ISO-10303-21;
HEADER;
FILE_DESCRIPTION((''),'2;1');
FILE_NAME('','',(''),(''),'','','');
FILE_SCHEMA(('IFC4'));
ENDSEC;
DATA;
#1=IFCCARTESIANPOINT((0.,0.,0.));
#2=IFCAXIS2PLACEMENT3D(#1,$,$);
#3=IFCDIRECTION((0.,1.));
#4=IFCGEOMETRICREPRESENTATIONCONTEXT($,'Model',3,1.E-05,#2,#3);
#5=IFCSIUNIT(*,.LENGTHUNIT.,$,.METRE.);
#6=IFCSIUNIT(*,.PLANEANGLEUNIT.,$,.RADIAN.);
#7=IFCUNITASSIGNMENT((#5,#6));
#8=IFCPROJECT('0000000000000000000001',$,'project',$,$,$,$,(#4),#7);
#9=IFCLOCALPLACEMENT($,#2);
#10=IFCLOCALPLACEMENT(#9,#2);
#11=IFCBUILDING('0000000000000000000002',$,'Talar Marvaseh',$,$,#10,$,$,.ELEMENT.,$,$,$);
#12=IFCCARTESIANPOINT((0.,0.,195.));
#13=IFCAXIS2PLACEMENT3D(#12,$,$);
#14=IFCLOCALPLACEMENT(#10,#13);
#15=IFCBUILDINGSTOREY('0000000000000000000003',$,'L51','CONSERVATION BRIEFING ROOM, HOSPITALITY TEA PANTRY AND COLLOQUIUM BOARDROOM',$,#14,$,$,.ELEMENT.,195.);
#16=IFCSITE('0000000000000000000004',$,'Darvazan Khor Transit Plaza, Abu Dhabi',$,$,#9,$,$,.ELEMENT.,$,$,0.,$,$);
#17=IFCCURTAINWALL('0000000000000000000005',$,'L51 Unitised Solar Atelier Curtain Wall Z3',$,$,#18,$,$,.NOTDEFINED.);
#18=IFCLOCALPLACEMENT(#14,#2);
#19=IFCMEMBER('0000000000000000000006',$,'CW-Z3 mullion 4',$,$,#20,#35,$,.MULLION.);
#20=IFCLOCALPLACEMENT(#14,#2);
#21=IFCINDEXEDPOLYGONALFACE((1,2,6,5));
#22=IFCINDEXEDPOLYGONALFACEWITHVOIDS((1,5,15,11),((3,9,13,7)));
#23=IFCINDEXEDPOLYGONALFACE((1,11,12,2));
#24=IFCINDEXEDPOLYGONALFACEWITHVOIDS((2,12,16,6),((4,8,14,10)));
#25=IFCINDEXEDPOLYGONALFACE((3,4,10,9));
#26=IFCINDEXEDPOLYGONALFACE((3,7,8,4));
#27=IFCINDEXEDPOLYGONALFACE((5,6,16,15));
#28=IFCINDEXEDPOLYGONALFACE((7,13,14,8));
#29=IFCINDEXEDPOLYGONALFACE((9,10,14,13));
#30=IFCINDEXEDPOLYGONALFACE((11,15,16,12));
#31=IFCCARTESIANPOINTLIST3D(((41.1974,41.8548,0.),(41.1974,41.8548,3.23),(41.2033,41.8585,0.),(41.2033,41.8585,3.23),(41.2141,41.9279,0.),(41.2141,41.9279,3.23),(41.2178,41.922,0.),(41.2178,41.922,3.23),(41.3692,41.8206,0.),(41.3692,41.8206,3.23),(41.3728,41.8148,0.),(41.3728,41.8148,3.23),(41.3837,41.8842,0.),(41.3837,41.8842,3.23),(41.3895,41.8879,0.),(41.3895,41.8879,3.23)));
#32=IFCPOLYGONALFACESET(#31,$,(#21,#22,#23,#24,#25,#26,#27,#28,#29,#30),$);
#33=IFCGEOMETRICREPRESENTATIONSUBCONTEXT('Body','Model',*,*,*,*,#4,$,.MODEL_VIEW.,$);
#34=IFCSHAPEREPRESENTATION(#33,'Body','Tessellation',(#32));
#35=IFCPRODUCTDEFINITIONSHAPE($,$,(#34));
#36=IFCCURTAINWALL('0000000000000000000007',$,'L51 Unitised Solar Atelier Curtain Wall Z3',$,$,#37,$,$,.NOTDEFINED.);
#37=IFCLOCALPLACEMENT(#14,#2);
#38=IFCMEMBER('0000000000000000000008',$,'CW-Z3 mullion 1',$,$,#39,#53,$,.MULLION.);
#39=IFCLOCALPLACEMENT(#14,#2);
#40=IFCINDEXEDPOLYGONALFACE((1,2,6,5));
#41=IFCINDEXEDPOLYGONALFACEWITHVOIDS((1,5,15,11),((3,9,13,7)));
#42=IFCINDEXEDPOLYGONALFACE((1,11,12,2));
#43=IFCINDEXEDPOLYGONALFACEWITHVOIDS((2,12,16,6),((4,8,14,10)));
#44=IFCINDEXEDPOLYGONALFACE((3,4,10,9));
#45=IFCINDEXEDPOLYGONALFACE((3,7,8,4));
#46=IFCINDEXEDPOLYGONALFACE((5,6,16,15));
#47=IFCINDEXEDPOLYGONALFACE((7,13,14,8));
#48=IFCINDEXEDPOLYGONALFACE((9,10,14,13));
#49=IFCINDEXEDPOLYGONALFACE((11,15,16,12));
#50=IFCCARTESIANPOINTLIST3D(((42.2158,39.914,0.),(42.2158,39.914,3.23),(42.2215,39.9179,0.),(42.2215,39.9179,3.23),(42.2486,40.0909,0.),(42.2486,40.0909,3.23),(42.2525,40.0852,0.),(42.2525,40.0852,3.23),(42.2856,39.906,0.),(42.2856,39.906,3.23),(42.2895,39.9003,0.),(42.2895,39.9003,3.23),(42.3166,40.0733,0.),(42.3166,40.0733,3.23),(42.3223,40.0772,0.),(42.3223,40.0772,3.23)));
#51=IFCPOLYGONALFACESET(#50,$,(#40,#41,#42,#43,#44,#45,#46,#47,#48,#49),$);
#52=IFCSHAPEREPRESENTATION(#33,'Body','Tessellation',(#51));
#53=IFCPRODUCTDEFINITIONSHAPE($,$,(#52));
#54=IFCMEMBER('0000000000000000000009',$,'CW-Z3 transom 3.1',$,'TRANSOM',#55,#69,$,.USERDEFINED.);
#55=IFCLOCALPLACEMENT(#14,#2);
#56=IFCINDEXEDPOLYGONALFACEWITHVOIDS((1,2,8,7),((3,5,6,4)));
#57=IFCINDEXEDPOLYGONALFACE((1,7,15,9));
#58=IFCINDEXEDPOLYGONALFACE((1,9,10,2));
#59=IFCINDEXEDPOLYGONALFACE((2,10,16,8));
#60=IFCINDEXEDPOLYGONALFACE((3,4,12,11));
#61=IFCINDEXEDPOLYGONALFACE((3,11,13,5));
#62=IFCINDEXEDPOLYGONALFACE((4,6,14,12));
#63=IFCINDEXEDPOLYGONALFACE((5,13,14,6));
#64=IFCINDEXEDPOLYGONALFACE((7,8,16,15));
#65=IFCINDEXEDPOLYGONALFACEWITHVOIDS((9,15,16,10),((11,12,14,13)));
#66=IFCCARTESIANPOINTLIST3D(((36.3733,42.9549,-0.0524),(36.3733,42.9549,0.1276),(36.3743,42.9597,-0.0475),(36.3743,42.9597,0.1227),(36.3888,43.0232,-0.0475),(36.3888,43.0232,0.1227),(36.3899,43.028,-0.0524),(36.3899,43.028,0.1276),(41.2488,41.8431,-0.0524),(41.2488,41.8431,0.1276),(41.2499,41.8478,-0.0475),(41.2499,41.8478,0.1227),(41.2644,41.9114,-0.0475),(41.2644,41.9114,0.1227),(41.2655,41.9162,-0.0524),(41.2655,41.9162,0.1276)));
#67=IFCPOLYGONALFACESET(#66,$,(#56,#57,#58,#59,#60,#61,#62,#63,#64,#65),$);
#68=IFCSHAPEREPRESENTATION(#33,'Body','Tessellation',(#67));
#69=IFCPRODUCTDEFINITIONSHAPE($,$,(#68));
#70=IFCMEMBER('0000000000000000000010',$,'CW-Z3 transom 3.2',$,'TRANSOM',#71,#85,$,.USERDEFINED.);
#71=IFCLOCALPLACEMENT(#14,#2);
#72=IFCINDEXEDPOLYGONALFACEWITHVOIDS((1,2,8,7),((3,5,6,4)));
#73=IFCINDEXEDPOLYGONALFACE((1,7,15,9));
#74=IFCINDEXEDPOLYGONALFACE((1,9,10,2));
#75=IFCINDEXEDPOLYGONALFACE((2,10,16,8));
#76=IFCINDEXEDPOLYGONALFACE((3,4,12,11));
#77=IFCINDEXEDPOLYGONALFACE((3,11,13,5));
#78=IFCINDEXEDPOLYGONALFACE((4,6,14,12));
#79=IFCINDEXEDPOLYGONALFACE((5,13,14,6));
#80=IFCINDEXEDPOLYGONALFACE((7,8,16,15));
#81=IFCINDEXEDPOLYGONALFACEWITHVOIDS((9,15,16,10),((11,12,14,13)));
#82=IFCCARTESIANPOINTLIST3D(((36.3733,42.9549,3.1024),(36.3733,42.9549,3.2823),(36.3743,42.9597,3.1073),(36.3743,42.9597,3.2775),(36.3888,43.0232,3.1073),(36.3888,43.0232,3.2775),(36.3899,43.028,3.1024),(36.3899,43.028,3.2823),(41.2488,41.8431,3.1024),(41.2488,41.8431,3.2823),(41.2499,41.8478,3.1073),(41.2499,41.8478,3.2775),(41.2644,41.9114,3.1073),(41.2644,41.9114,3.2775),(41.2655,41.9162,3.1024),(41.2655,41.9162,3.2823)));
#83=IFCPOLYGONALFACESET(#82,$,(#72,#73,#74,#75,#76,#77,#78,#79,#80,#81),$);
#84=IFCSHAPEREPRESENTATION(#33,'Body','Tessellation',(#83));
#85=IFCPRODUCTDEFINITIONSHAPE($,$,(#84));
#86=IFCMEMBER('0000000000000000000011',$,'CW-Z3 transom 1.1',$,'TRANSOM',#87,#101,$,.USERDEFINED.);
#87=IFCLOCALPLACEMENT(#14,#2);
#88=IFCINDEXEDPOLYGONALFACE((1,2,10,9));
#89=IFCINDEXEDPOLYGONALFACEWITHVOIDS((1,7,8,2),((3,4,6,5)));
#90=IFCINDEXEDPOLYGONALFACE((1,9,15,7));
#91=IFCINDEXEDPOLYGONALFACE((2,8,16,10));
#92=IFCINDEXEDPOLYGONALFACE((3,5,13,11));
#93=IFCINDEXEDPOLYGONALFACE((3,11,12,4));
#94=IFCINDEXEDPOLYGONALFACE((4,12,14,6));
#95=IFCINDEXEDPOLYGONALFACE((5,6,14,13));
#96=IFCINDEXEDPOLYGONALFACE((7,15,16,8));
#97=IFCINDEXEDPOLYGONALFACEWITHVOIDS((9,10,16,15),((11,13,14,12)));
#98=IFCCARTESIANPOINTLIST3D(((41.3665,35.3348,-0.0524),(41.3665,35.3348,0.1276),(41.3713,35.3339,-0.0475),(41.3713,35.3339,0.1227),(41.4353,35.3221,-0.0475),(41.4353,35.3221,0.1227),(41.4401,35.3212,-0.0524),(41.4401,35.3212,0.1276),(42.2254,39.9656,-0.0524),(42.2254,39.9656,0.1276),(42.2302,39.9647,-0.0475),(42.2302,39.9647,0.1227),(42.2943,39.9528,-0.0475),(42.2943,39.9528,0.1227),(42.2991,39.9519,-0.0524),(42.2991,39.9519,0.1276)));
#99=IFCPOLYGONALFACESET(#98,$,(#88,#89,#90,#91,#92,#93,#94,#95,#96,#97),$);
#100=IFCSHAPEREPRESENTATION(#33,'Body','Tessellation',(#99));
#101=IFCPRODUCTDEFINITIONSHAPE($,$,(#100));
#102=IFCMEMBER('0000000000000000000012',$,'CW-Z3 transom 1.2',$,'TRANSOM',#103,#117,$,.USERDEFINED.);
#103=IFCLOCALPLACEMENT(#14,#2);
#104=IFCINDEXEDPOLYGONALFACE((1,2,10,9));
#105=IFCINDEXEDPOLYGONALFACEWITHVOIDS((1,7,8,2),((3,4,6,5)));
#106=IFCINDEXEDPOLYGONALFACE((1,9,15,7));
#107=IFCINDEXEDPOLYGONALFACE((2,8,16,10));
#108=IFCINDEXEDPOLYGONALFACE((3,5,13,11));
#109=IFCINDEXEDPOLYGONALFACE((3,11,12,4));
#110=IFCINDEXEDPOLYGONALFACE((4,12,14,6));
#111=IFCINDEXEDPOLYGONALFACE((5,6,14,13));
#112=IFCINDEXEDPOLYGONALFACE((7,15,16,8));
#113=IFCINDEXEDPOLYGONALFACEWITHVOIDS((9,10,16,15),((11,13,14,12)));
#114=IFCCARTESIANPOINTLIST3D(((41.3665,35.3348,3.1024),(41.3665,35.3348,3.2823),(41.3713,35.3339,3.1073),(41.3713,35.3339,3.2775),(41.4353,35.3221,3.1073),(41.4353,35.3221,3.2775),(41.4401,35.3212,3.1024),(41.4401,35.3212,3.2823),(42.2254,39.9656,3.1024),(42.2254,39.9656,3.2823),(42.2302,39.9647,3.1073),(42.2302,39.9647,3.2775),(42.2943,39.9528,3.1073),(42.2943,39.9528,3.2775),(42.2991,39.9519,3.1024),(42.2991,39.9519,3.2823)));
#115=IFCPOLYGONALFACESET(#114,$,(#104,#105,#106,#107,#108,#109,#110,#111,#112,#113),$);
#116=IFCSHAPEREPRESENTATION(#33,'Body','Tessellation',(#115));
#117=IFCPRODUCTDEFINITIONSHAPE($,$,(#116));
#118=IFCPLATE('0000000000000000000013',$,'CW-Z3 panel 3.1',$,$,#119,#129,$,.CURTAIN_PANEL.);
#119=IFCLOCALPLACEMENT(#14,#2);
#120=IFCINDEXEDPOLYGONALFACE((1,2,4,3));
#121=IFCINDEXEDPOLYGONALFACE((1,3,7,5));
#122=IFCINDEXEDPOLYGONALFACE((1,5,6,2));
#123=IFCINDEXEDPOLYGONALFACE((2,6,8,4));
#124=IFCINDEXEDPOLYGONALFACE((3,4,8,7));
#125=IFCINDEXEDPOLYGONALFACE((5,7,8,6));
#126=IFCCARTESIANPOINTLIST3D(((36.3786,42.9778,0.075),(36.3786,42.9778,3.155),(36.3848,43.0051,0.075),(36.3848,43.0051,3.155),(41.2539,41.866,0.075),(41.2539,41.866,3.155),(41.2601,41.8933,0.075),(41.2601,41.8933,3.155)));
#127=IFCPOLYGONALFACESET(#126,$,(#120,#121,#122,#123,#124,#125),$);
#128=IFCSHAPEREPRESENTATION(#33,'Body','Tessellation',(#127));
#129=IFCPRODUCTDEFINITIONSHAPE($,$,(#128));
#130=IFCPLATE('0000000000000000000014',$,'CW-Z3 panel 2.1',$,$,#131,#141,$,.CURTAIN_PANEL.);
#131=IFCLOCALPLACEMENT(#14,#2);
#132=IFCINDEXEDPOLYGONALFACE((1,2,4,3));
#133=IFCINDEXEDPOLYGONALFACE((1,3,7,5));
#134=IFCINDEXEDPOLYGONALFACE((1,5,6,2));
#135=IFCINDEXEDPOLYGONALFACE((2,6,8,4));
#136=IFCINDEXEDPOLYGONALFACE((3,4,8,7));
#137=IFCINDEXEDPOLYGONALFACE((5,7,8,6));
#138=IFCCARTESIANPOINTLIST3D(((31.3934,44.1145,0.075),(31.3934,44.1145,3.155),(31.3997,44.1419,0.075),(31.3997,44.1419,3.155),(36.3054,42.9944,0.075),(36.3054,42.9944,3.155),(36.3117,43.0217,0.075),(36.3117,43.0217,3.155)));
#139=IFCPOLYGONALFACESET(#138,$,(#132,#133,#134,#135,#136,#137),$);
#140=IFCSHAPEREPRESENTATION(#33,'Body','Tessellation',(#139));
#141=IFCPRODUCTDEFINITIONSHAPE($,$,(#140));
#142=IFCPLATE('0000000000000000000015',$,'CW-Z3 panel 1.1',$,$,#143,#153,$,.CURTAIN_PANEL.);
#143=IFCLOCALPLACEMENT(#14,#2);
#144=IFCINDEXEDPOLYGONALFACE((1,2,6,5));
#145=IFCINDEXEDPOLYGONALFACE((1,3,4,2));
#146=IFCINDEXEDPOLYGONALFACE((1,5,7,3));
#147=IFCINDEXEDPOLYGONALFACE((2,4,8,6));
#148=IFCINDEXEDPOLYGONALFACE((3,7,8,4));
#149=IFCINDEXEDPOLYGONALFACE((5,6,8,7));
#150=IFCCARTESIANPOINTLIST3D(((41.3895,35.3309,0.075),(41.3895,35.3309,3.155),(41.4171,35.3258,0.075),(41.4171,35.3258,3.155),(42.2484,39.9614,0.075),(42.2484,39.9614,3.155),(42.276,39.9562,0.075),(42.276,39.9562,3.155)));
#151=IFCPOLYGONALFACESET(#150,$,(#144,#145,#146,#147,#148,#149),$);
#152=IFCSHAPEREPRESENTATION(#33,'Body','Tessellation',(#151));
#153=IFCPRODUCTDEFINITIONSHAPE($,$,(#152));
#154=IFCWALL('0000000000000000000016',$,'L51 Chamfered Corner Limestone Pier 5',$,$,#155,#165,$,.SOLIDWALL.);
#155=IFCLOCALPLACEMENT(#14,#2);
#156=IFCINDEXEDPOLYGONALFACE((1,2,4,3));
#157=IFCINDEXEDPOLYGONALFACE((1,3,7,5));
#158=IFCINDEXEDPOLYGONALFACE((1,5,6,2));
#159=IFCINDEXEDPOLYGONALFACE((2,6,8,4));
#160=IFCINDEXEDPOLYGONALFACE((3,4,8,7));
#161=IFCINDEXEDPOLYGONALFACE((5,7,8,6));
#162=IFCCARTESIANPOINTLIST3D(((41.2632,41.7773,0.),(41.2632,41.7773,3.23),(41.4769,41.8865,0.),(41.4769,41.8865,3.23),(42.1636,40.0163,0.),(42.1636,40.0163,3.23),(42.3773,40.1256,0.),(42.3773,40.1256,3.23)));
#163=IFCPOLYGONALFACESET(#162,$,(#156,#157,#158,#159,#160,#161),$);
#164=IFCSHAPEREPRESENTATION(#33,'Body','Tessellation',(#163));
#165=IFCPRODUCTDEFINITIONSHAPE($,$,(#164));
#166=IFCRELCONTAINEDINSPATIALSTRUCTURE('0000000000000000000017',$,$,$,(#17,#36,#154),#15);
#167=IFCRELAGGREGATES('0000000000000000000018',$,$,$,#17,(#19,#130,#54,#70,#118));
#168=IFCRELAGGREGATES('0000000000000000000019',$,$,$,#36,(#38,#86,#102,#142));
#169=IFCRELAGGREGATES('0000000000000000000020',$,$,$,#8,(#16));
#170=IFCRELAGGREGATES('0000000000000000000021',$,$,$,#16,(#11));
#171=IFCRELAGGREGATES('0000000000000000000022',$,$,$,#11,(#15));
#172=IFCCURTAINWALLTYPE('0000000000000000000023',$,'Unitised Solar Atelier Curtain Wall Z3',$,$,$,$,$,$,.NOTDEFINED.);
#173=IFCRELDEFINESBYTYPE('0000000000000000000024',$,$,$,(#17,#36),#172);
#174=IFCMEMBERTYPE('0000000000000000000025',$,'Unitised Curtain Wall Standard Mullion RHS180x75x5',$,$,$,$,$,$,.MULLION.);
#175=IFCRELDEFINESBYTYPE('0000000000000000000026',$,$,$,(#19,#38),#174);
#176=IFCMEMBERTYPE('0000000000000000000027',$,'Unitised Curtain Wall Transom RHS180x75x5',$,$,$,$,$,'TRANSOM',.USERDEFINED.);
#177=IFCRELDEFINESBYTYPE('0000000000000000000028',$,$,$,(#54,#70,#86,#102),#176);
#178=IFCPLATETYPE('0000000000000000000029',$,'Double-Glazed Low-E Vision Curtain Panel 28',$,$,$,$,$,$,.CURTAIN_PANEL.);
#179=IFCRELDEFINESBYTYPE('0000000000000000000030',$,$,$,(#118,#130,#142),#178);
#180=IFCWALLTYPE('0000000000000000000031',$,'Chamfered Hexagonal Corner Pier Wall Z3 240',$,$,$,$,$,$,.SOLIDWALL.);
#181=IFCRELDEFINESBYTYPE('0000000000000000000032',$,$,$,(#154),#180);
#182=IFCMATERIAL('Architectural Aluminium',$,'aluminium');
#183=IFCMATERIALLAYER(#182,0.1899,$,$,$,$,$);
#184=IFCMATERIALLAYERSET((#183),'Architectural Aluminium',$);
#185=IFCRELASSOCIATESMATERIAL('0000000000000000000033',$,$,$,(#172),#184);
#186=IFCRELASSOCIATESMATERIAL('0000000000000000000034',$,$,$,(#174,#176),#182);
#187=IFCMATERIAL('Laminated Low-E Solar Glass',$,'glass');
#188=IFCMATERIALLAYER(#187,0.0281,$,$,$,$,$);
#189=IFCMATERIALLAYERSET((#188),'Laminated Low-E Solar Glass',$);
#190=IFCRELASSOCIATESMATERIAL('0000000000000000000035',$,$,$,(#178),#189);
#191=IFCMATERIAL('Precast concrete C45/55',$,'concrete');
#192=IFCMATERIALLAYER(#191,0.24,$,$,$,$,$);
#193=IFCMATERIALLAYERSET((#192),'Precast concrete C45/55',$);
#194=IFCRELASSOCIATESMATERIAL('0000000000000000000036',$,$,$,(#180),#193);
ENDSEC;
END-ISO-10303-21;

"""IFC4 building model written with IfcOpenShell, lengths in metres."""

from ifc_helpers import new_model, si_unit, direction, frame, frame_2d, origin, origin_2d, place, context, subcontext, project, spatial, rectangle, hollow_rectangle, extrude, source, transform, mapped, material, layer, layer_set, material_profile, profile_set, type_object, type_shapes, element, aggregate, save


model = new_model("IFC4")

# Units and contexts
model_context = context("Model", 3, precision=1e-05, world=origin(), true_north=direction((0.0, 1.0)))
body_context = subcontext(model_context, "Body", "Model", "MODEL_VIEW")
ifc_project = project(units=[si_unit("LENGTHUNIT", "METRE"), si_unit("PLANEANGLEUNIT", "RADIAN")], contexts=[model_context])

# Site, building, storey
site_placement = place(None, origin())
site = spatial("IfcSite", under=ifc_project, at=site_placement, Name="Darvazan Khor Transit Plaza, Abu Dhabi", CompositionType="ELEMENT", RefElevation=0.0)
building_placement = place(site_placement, origin())
building = spatial("IfcBuilding", under=site, at=building_placement, Name="Talar Marvaseh", CompositionType="ELEMENT")
storey_placement = place(building_placement, frame((0.0, 0.0, 195.0)))
storey = spatial("IfcBuildingStorey", under=building, at=storey_placement, Name="L51", Description="CONSERVATION BRIEFING ROOM, HOSPITALITY TEA PANTRY AND COLLOQUIUM BOARDROOM", CompositionType="ELEMENT", Elevation=195.0)

# Curtain wall, member
ifc_material_1 = material(Name="Architectural Aluminium", Category="aluminium")
ifc_layer_1 = layer(ifc_material_1, 0.1899)
ifc_layer_set_1 = layer_set([ifc_layer_1], Name="Architectural Aluminium")
curtain_wall_type = type_object("IfcCurtainWallType", Name="Unitised Solar Atelier Curtain Wall Z3", PredefinedType="NOTDEFINED", material=ifc_layer_set_1)
curtain_wall_1_placement = place(storey_placement, origin())
curtain_wall_1 = element("IfcCurtainWall", 1, at=curtain_wall_1_placement, inside=storey, type_object=curtain_wall_type, Name="L51 Unitised Solar Atelier Curtain Wall Z3", PredefinedType="NOTDEFINED")
ifc_material_profile_1 = material_profile(ifc_material_1, hollow_rectangle(XDim=0.075, YDim=0.1799, WallThickness=0.0049, at=origin_2d()), Name="RHS180x75x5")
ifc_profile_set_1 = profile_set([ifc_material_profile_1], Name="Architectural Aluminium")
member_type_1 = type_object("IfcMemberType", Name="Unitised Curtain Wall Standard Mullion RHS180x75x5", PredefinedType="MULLION", material=ifc_profile_set_1)
shared_shape_1 = source(origin(), body_context, "Body", "SweptSolid", [
    extrude(hollow_rectangle(XDim=0.075, YDim=0.1799, WallThickness=0.0049, at=origin_2d()), origin(), (0.0, 0.0, 1.0), 3.23),
])
type_shapes(member_type_1, [shared_shape_1])
member_1_placement = place(storey_placement, frame((41.2935, 41.8713, 0.0), z_axis=(0.0, 0.0, 1.0), x_axis=(0.222335, 0.97497, 0.0)))
member_1 = element("IfcMember", 2, at=member_1_placement, type_object=member_type_1, Name="CW-Z3 mullion 4", PredefinedType="MULLION", context=body_context, shape_type="MappedRepresentation", body=[
    mapped(shared_shape_1, transform((0.0, 0.0, 0.0), x_axis=(1.0, 0.0, 0.0), y_axis=(0.0, 1.0, 0.0), z_axis=(0.0, 0.0, 1.0), scale=1.0)),
])

# Curtain wall, member
curtain_wall_2_placement = place(storey_placement, origin())
curtain_wall_2 = element("IfcCurtainWall", 3, at=curtain_wall_2_placement, inside=storey, type_object=curtain_wall_type, Name="L51 Unitised Solar Atelier Curtain Wall Z3", PredefinedType="NOTDEFINED")
member_2_placement = place(storey_placement, frame((42.269, 39.9956, 0.0), z_axis=(0.0, 0.0, 1.0), x_axis=(0.983227, -0.182387, 0.0)))
member_2 = element("IfcMember", 4, at=member_2_placement, type_object=member_type_1, Name="CW-Z3 mullion 1", PredefinedType="MULLION", context=body_context, shape_type="MappedRepresentation", body=[
    mapped(shared_shape_1, transform((0.0, 0.0, 0.0), x_axis=(1.0, 0.0, 0.0), y_axis=(0.0, 1.0, 0.0), z_axis=(0.0, 0.0, 1.0), scale=1.0)),
])

# Members
ifc_material_profile_2 = material_profile(ifc_material_1, hollow_rectangle(XDim=0.075, YDim=0.1799, WallThickness=0.0049, at=origin_2d()), Name="RHS180x75x5")
ifc_profile_set_2 = profile_set([ifc_material_profile_2], Name="Architectural Aluminium")
member_type_2 = type_object("IfcMemberType", Name="Unitised Curtain Wall Transom RHS180x75x5", ElementType="TRANSOM", PredefinedType="USERDEFINED", material=ifc_profile_set_2)
shared_shape_2 = source(origin(), body_context, "Body", "SweptSolid", [
    extrude(hollow_rectangle(XDim=0.075, YDim=0.1799, WallThickness=0.0049, at=origin_2d()), origin(), (0.0, 0.0, 1.0), 5.0007),
])
member_3_placement = place(storey_placement, frame((36.3816, 42.9915, 0.0376), z_axis=(0.97497, -0.222334, 0.0), x_axis=(0.222334, 0.97497, 0.0)))
member_3 = element("IfcMember", 5, at=member_3_placement, type_object=member_type_2, Name="CW-Z3 transom 3.1", ObjectType="TRANSOM", PredefinedType="USERDEFINED", context=body_context, shape_type="MappedRepresentation", body=[
    mapped(shared_shape_2, transform((0.0, 0.0, 0.0), x_axis=(1.0, 0.0, 0.0), y_axis=(0.0, 1.0, 0.0), z_axis=(0.0, 0.0, 1.0), scale=1.0)),
])
member_4_placement = place(storey_placement, frame((36.3816, 42.9915, 3.1924), z_axis=(0.97497, -0.222334, 0.0), x_axis=(0.222334, 0.97497, 0.0)))
member_4 = element("IfcMember", 6, at=member_4_placement, type_object=member_type_2, Name="CW-Z3 transom 3.2", ObjectType="TRANSOM", PredefinedType="USERDEFINED", context=body_context, shape_type="MappedRepresentation", body=[
    mapped(shared_shape_2, transform((0.0, 0.0, 0.0), x_axis=(1.0, 0.0, 0.0), y_axis=(0.0, 1.0, 0.0), z_axis=(0.0, 0.0, 1.0), scale=1.0)),
])
shared_shape_3 = source(origin(), body_context, "Body", "SweptSolid", [
    extrude(hollow_rectangle(XDim=0.075, YDim=0.1799, WallThickness=0.0049, at=origin_2d()), origin(), (0.0, 0.0, 1.0), 4.7097),
])
type_shapes(member_type_2, [shared_shape_2, shared_shape_3])
member_5_placement = place(storey_placement, frame((42.2622, 39.9587, 0.0376), z_axis=(-0.18237, -0.98323, 0.0), x_axis=(0.98323, -0.18237, 0.0)))
member_5 = element("IfcMember", 7, at=member_5_placement, type_object=member_type_2, Name="CW-Z3 transom 1.1", ObjectType="TRANSOM", PredefinedType="USERDEFINED", context=body_context, shape_type="MappedRepresentation", body=[
    mapped(shared_shape_3, transform((0.0, 0.0, 0.0), x_axis=(1.0, 0.0, 0.0), y_axis=(0.0, 1.0, 0.0), z_axis=(0.0, 0.0, 1.0), scale=1.0)),
])
member_6_placement = place(storey_placement, frame((42.2622, 39.9587, 3.1924), z_axis=(-0.18237, -0.98323, 0.0), x_axis=(0.98323, -0.18237, 0.0)))
member_6 = element("IfcMember", 8, at=member_6_placement, type_object=member_type_2, Name="CW-Z3 transom 1.2", ObjectType="TRANSOM", PredefinedType="USERDEFINED", context=body_context, shape_type="MappedRepresentation", body=[
    mapped(shared_shape_3, transform((0.0, 0.0, 0.0), x_axis=(1.0, 0.0, 0.0), y_axis=(0.0, 1.0, 0.0), z_axis=(0.0, 0.0, 1.0), scale=1.0)),
])

# Plates
ifc_material_2 = material(Name="Laminated Low-E Solar Glass", Category="glass")
ifc_layer_2 = layer(ifc_material_2, 0.0281)
ifc_layer_set_2 = layer_set([ifc_layer_2], Name="Laminated Low-E Solar Glass")
plate_type = type_object("IfcPlateType", Name="Double-Glazed Low-E Vision Curtain Panel 28", PredefinedType="CURTAIN_PANEL", material=ifc_layer_set_2)
shared_shape_4 = source(origin(), body_context, "Body", "SweptSolid", [
    extrude(rectangle(XDim=5.0005, YDim=0.0281, at=origin_2d()), origin(), (0.0, 0.0, 1.0), 3.0801),
])
plate_1_placement = place(storey_placement, frame((38.8193, 42.4355, 0.075), z_axis=(0.0, 0.0, 1.0), x_axis=(0.97497, -0.222335, 0.0)))
plate_1 = element("IfcPlate", 9, at=plate_1_placement, type_object=plate_type, Name="CW-Z3 panel 3.1", PredefinedType="CURTAIN_PANEL", context=body_context, shape_type="MappedRepresentation", body=[
    mapped(shared_shape_4, transform((0.0, 0.0, 0.0), x_axis=(1.0, 0.0, 0.0), y_axis=(0.0, 1.0, 0.0), z_axis=(0.0, 0.0, 1.0), scale=1.0)),
])
shared_shape_5 = source(origin(), body_context, "Body", "SweptSolid", [
    extrude(rectangle(XDim=5.0381, YDim=0.0281, at=origin_2d()), origin(), (0.0, 0.0, 1.0), 3.0801),
])
plate_2_placement = place(storey_placement, frame((33.8525, 43.5681, 0.075), z_axis=(0.0, 0.0, 1.0), x_axis=(0.97497, -0.222335, 0.0)))
plate_2 = element("IfcPlate", 10, at=plate_2_placement, type_object=plate_type, Name="CW-Z3 panel 2.1", PredefinedType="CURTAIN_PANEL", context=body_context, shape_type="MappedRepresentation", body=[
    mapped(shared_shape_5, transform((0.0, 0.0, 0.0), x_axis=(1.0, 0.0, 0.0), y_axis=(0.0, 1.0, 0.0), z_axis=(0.0, 0.0, 1.0), scale=1.0)),
])
aggregate(curtain_wall_1, [member_1, plate_2, member_3, member_4, plate_1])
shared_shape_6 = source(origin(), body_context, "Body", "SweptSolid", [
    extrude(rectangle(XDim=4.7095, YDim=0.0281, at=origin_2d()), origin(), (0.0, 0.0, 1.0), 3.0801),
])
type_shapes(plate_type, [shared_shape_4, shared_shape_5, shared_shape_6])
plate_3_placement = place(storey_placement, frame((41.8328, 37.6436, 0.075), z_axis=(0.0, 0.0, 1.0), x_axis=(-0.182387, -0.983227, 0.0)))
plate_3 = element("IfcPlate", 11, at=plate_3_placement, type_object=plate_type, Name="CW-Z3 panel 1.1", PredefinedType="CURTAIN_PANEL", context=body_context, shape_type="MappedRepresentation", body=[
    mapped(shared_shape_6, transform((0.0, 0.0, 0.0), x_axis=(1.0, 0.0, 0.0), y_axis=(0.0, 1.0, 0.0), z_axis=(0.0, 0.0, 1.0), scale=1.0)),
])
aggregate(curtain_wall_2, [member_2, member_5, member_6, plate_3])

# Wall
ifc_material_3 = material(Name="Precast concrete C45/55", Category="concrete")
ifc_layer_3 = layer(ifc_material_3, 0.24)
ifc_layer_set_3 = layer_set([ifc_layer_3], Name="Precast concrete C45/55")
wall_type_1 = type_object("IfcWallType", Name="Chamfered Hexagonal Corner Pier Wall Z3 240", PredefinedType="SOLIDWALL", material=ifc_layer_set_3)
wall_1_placement = place(storey_placement, frame((41.3701, 41.8318, 0.0), z_axis=(0.0, 0.0, 1.0), x_axis=(0.455244, -0.890367, 0.0)))
element("IfcWall", 12, at=wall_1_placement, inside=storey, type_object=wall_type_1, Name="L51 Chamfered Corner Limestone Pier 5", PredefinedType="SOLIDWALL", context=body_context, shape_type="SweptSolid", body=[
    extrude(rectangle(XDim=1.9778, YDim=0.24, at=frame_2d((0.9888, 0.0))), origin(), (0.0, 0.0, 1.0), 3.23),
])

save(model, "model.ifc")
